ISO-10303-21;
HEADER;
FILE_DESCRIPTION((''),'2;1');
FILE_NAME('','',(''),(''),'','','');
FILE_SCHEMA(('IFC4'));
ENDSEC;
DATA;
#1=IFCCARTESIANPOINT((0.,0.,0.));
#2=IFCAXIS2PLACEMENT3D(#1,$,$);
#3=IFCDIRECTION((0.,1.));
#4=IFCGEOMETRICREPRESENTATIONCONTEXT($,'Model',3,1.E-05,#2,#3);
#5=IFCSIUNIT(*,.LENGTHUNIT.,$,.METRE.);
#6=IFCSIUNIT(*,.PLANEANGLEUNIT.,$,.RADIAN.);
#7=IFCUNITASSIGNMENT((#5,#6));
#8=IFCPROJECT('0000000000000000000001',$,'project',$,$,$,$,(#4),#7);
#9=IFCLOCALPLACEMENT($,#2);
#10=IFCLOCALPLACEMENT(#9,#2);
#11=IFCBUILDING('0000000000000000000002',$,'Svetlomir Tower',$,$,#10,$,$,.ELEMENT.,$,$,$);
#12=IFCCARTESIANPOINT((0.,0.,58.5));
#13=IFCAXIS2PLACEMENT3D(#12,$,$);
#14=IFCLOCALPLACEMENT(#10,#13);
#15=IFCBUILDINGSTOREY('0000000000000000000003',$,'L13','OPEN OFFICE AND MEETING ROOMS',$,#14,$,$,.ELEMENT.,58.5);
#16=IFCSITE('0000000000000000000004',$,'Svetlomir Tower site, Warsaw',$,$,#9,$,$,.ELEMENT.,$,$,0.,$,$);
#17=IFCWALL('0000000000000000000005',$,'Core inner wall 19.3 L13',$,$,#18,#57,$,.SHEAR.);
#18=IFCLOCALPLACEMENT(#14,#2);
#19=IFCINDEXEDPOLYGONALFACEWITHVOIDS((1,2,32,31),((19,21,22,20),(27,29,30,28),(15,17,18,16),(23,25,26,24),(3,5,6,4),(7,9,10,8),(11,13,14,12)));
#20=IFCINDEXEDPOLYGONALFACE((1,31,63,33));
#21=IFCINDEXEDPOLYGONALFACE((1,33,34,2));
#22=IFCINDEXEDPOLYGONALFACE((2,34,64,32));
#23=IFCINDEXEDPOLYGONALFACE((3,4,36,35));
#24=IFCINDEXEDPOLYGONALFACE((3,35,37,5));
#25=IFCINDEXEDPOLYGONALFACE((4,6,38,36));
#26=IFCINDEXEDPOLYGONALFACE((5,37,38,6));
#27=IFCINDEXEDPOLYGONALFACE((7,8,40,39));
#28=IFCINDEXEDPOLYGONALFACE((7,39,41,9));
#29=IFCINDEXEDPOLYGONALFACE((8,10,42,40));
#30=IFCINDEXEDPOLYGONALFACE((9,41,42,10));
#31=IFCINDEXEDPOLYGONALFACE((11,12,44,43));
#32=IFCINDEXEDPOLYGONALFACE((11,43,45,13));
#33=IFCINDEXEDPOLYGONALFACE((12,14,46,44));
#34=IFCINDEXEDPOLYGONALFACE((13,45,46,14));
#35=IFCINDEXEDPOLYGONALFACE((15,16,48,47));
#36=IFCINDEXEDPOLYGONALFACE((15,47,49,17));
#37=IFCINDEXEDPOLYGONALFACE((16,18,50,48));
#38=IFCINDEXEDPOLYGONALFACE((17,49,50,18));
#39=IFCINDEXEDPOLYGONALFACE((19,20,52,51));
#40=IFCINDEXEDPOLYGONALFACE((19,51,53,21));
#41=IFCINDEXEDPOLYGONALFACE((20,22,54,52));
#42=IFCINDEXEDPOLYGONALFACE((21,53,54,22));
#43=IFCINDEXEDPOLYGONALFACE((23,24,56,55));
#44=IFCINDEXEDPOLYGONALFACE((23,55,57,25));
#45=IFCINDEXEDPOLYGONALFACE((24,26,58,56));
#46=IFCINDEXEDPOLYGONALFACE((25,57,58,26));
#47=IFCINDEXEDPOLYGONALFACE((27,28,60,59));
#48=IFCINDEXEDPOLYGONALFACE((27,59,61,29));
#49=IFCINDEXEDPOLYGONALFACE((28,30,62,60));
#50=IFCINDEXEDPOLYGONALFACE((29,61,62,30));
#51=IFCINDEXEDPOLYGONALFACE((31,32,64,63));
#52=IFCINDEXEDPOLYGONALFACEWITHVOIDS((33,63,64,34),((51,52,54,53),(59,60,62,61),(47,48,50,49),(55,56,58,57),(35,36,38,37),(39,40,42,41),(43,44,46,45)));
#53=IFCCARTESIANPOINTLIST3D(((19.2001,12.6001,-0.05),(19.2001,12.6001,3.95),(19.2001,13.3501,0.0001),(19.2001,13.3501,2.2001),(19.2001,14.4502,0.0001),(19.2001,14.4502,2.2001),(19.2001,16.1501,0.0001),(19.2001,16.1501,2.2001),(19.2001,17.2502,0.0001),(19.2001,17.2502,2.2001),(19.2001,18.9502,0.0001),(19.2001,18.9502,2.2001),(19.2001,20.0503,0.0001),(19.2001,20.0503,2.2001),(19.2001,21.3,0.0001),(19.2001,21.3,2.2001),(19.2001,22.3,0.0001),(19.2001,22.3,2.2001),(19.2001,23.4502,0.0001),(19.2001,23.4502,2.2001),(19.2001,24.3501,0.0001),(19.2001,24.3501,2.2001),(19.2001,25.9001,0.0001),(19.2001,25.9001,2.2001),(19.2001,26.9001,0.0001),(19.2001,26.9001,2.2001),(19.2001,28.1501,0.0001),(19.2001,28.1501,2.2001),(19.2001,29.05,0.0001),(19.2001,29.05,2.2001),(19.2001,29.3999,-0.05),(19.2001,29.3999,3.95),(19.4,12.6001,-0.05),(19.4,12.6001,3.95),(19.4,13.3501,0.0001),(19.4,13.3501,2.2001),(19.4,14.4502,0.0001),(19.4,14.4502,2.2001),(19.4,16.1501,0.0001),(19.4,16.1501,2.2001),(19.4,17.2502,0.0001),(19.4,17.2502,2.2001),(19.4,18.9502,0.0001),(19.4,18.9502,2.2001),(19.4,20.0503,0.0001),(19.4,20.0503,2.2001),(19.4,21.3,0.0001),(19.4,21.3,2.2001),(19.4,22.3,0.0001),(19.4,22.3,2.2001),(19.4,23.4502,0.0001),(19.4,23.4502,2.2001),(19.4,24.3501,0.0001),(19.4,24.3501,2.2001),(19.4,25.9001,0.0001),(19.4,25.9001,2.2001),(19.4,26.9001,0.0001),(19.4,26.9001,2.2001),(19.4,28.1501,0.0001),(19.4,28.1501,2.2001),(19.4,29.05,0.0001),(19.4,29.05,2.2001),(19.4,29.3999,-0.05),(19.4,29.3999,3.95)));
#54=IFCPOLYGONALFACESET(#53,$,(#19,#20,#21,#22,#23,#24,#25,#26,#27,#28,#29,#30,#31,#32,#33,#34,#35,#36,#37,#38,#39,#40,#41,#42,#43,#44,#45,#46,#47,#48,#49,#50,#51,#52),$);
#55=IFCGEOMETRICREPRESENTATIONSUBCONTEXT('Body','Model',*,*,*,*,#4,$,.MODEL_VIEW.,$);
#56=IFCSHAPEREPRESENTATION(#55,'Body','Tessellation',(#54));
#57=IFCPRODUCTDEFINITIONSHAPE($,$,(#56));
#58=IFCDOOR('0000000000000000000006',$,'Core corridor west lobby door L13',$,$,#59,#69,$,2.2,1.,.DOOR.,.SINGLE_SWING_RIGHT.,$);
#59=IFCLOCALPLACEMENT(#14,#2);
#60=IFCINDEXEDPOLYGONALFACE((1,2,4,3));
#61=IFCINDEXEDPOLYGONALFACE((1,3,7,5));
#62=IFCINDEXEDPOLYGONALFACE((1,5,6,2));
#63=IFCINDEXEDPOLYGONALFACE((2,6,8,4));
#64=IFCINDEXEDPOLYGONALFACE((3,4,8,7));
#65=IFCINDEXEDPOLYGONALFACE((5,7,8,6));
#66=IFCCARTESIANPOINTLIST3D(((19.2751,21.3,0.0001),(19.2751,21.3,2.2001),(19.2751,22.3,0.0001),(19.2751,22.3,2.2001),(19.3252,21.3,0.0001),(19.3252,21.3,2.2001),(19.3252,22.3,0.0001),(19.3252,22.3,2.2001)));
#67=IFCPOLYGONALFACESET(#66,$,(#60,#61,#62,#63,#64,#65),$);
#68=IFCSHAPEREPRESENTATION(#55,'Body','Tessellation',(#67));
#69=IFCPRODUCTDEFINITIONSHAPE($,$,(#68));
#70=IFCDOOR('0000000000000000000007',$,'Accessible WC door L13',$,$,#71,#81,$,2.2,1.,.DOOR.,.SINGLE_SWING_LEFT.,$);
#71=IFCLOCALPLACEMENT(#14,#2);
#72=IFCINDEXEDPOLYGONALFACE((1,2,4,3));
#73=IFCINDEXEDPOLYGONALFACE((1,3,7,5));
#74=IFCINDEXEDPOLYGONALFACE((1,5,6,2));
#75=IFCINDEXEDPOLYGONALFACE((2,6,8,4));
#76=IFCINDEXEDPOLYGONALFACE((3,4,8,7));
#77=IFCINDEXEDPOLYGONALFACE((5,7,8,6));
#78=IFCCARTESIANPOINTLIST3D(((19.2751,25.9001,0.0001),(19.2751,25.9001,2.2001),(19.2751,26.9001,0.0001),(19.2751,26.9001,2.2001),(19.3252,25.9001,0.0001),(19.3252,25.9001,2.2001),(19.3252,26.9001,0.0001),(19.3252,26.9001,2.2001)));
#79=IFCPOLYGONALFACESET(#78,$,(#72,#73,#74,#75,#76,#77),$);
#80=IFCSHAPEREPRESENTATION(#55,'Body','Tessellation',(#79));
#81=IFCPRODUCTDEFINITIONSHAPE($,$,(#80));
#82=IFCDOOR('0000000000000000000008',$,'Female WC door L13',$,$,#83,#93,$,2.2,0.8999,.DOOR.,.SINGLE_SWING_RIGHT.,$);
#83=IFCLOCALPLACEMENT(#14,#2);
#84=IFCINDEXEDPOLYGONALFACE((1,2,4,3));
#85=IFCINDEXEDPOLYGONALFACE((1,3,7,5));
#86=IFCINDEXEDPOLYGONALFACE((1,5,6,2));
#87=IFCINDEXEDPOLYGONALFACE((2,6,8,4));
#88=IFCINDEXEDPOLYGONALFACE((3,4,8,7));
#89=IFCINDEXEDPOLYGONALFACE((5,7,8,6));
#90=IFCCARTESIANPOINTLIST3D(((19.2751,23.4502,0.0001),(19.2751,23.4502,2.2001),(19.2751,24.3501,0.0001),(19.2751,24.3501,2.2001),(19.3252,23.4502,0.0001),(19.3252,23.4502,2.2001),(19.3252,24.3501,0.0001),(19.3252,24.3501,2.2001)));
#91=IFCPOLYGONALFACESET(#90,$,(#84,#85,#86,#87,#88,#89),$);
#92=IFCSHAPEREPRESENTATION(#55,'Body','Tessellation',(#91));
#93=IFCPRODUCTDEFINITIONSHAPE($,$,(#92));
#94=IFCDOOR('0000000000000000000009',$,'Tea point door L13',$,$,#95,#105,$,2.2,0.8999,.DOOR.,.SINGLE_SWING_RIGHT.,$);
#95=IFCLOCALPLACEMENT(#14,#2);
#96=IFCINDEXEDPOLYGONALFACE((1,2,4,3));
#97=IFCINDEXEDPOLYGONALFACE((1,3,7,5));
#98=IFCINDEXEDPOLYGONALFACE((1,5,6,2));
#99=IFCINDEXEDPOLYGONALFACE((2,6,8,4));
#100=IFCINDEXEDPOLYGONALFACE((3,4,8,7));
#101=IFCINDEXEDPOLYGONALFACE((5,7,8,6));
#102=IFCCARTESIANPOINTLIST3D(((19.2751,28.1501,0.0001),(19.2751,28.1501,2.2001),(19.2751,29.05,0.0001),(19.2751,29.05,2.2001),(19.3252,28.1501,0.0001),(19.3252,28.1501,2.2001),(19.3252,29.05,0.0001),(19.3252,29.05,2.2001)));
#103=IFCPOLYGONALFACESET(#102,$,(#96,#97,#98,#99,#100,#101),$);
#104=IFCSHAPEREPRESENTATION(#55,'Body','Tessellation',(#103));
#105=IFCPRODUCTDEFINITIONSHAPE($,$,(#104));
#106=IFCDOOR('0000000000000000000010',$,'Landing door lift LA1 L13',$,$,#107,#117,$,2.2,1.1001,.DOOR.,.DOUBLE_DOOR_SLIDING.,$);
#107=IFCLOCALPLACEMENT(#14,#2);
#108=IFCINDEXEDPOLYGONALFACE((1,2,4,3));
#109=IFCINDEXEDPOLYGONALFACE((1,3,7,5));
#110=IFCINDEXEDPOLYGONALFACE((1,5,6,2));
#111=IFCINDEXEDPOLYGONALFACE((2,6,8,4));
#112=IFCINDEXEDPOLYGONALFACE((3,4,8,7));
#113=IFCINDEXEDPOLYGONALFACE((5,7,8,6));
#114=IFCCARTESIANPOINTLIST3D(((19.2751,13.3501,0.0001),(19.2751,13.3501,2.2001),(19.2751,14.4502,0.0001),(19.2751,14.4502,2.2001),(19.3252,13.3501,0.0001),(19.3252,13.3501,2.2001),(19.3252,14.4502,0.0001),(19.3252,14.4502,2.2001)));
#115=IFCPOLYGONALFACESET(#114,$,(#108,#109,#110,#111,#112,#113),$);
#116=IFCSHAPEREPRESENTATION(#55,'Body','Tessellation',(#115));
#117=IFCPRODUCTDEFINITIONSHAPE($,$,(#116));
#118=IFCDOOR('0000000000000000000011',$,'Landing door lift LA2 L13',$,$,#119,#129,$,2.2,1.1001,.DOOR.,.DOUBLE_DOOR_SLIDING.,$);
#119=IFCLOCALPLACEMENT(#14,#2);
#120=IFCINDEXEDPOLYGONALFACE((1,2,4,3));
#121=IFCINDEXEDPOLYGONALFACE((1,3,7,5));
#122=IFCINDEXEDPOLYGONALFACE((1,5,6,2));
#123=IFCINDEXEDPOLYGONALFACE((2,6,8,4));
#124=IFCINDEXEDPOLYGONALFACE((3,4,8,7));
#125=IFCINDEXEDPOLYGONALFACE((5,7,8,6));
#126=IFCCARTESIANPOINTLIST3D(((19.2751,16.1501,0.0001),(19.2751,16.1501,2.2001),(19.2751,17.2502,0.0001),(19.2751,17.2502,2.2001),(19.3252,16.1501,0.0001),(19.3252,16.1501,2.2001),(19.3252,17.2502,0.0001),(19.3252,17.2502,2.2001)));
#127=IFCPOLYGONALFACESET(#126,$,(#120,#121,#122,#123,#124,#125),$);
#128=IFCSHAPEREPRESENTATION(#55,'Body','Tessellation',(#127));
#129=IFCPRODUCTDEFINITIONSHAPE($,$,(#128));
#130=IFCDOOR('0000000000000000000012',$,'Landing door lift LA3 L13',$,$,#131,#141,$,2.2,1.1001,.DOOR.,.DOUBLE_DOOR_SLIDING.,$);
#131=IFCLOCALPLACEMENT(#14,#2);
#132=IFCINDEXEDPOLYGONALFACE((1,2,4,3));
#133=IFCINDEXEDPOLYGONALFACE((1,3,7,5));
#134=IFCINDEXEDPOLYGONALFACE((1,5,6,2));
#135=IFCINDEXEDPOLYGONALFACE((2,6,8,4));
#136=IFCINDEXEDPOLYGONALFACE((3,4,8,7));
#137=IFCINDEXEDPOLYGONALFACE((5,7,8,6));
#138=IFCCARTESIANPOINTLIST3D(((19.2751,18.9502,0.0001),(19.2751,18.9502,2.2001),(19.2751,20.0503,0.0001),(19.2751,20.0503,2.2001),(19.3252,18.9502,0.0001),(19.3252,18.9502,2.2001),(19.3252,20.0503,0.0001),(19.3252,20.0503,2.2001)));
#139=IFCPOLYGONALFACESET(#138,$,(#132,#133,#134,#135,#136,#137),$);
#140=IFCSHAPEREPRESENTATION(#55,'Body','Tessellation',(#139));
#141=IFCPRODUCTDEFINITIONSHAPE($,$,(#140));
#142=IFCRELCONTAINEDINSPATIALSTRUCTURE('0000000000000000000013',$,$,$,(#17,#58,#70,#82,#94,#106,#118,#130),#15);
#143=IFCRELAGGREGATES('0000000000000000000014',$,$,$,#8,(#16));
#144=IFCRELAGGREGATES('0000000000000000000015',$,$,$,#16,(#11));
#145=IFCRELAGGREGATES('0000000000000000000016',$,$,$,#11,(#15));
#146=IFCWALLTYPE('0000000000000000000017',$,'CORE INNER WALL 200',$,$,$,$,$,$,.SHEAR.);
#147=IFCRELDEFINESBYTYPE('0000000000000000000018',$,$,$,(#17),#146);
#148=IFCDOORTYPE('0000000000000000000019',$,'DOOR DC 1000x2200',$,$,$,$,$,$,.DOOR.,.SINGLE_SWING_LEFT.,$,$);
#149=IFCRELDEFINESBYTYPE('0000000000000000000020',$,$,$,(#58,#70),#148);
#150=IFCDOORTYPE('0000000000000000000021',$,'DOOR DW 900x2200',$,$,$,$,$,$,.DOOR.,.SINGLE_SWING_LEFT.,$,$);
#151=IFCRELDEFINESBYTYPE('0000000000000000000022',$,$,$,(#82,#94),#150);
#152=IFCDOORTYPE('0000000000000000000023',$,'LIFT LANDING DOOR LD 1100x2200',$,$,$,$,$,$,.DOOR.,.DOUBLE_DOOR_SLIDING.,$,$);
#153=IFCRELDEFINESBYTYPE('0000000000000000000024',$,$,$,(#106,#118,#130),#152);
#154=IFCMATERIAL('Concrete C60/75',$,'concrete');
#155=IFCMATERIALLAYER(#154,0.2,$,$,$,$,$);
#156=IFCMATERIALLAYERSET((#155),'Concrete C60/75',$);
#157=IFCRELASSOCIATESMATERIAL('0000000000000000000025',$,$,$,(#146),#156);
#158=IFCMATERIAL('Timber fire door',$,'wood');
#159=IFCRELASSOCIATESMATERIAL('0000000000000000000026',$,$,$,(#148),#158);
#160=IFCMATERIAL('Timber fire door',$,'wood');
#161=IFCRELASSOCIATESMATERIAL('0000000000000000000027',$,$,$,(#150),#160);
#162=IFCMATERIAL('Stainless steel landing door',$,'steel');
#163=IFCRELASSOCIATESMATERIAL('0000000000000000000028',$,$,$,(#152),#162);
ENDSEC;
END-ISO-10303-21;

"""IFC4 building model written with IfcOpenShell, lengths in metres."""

from ifc_helpers import new_model, si_unit, direction, frame, frame_2d, origin, place, context, subcontext, project, spatial, rectangle, extrude, material, layer, layer_set, type_object, element, fill, save


model = new_model("IFC4")

# Units and contexts
model_context = context("Model", 3, precision=1e-05, world=origin(), true_north=direction((0.0, 1.0)))
body_context = subcontext(model_context, "Body", "Model", "MODEL_VIEW")
ifc_project = project(units=[si_unit("LENGTHUNIT", "METRE"), si_unit("PLANEANGLEUNIT", "RADIAN")], contexts=[model_context])

# Site, building, storey
site_placement = place(None, origin())
site = spatial("IfcSite", under=ifc_project, at=site_placement, Name="Svetlomir Tower site, Warsaw", CompositionType="ELEMENT", RefElevation=0.0)
building_placement = place(site_placement, origin())
building = spatial("IfcBuilding", under=site, at=building_placement, Name="Svetlomir Tower", CompositionType="ELEMENT")
storey_placement = place(building_placement, frame((0.0, 0.0, 58.5)))
storey = spatial("IfcBuildingStorey", under=building, at=storey_placement, Name="L13", Description="OPEN OFFICE AND MEETING ROOMS", CompositionType="ELEMENT", Elevation=58.5)

# Shared definitions
ifc_material_1 = material(Name="Concrete C60/75", Category="concrete")
ifc_layer_1 = layer(ifc_material_1, 0.2)
ifc_layer_set_1 = layer_set([ifc_layer_1], Name="Concrete C60/75")
wall_type_1 = type_object("IfcWallType", Name="CORE INNER WALL 200", PredefinedType="SHEAR", material=ifc_layer_set_1)

# Wall, openings, doors
wall_1_placement = place(storey_placement, frame((19.3, 12.6001, -0.05), z_axis=(0.0, 0.0, 1.0), x_axis=(0.0, 1.0, 0.0)))
wall_1 = element("IfcWall", 1, at=wall_1_placement, inside=storey, type_object=wall_type_1, Name="Core inner wall 19.3 L13", PredefinedType="SHEAR", context=body_context, shape_type="SweptSolid", body=[
    extrude(rectangle(XDim=16.7998, YDim=0.2, at=frame_2d((8.3999, 0.0))), origin(), (0.0, 0.0, 1.0), 4.0),
])
opening_1_placement = place(wall_1_placement, frame((8.7, 0.0, 0.05)))
opening_1 = element("IfcOpeningElement", 2, at=opening_1_placement, cuts=wall_1, PredefinedType="OPENING", context=body_context, shape_type="SweptSolid", body=[
    extrude(rectangle(XDim=1.0, YDim=2.2, at=frame_2d((0.5, 1.1001))), frame((0.0, 0.1099, 0.0), z_axis=(0.0, -1.0, 0.0), x_axis=(1.0, 0.0, 0.0)), (0.0, 0.0, 1.0), 0.22),
])
opening_2_placement = place(wall_1_placement, frame((10.8501, 0.0, 0.05)))
opening_2 = element("IfcOpeningElement", 3, at=opening_2_placement, cuts=wall_1, PredefinedType="OPENING", context=body_context, shape_type="SweptSolid", body=[
    extrude(rectangle(XDim=0.8999, YDim=2.2, at=frame_2d((0.45, 1.1001))), frame((0.0, 0.1099, 0.0), z_axis=(0.0, -1.0, 0.0), x_axis=(1.0, 0.0, 0.0)), (0.0, 0.0, 1.0), 0.22),
])
opening_3_placement = place(wall_1_placement, frame((13.3, 0.0, 0.05)))
opening_3 = element("IfcOpeningElement", 4, at=opening_3_placement, cuts=wall_1, PredefinedType="OPENING", context=body_context, shape_type="SweptSolid", body=[
    extrude(rectangle(XDim=1.0, YDim=2.2, at=frame_2d((0.5, 1.1001))), frame((0.0, 0.1099, 0.0), z_axis=(0.0, -1.0, 0.0), x_axis=(1.0, 0.0, 0.0)), (0.0, 0.0, 1.0), 0.22),
])
opening_4_placement = place(wall_1_placement, frame((15.55, 0.0, 0.05)))
opening_4 = element("IfcOpeningElement", 5, at=opening_4_placement, cuts=wall_1, PredefinedType="OPENING", context=body_context, shape_type="SweptSolid", body=[
    extrude(rectangle(XDim=0.8999, YDim=2.2, at=frame_2d((0.45, 1.1001))), frame((0.0, 0.1099, 0.0), z_axis=(0.0, -1.0, 0.0), x_axis=(1.0, 0.0, 0.0)), (0.0, 0.0, 1.0), 0.22),
])
opening_5_placement = place(wall_1_placement, frame((0.75, 0.0, 0.05)))
opening_5 = element("IfcOpeningElement", 6, at=opening_5_placement, cuts=wall_1, PredefinedType="OPENING", context=body_context, shape_type="SweptSolid", body=[
    extrude(rectangle(XDim=1.1001, YDim=2.2, at=frame_2d((0.55, 1.1001))), frame((0.0, 0.1099, 0.0), z_axis=(0.0, -1.0, 0.0), x_axis=(1.0, 0.0, 0.0)), (0.0, 0.0, 1.0), 0.22),
])
opening_6_placement = place(wall_1_placement, frame((3.55, 0.0, 0.05)))
opening_6 = element("IfcOpeningElement", 7, at=opening_6_placement, cuts=wall_1, PredefinedType="OPENING", context=body_context, shape_type="SweptSolid", body=[
    extrude(rectangle(XDim=1.1001, YDim=2.2, at=frame_2d((0.55, 1.1001))), frame((0.0, 0.1099, 0.0), z_axis=(0.0, -1.0, 0.0), x_axis=(1.0, 0.0, 0.0)), (0.0, 0.0, 1.0), 0.22),
])
opening_7_placement = place(wall_1_placement, frame((6.3501, 0.0, 0.05)))
opening_7 = element("IfcOpeningElement", 8, at=opening_7_placement, cuts=wall_1, PredefinedType="OPENING", context=body_context, shape_type="SweptSolid", body=[
    extrude(rectangle(XDim=1.1001, YDim=2.2, at=frame_2d((0.55, 1.1001))), frame((0.0, 0.1099, 0.0), z_axis=(0.0, -1.0, 0.0), x_axis=(1.0, 0.0, 0.0)), (0.0, 0.0, 1.0), 0.22),
])
ifc_material_2 = material(Name="Timber fire door", Category="wood")
door_type_1 = type_object("IfcDoorType", Name="DOOR DC 1000x2200", OperationType="SINGLE_SWING_LEFT", PredefinedType="DOOR", material=ifc_material_2)
door_1_placement = place(opening_1_placement, origin())
door_1 = element("IfcDoor", 9, at=door_1_placement, inside=storey, type_object=door_type_1, Name="Core corridor west lobby door L13", OperationType="SINGLE_SWING_RIGHT", OverallHeight=2.2, OverallWidth=1.0, PredefinedType="DOOR", context=body_context, shape_type="SweptSolid", body=[
    extrude(rectangle(XDim=1.0, YDim=2.2, at=frame_2d((0.5, 1.1001))), frame((0.0, 0.0249, 0.0), z_axis=(0.0, -1.0, 0.0), x_axis=(1.0, 0.0, 0.0)), (0.0, 0.0, 1.0), 0.05),
])
fill(opening_1, door_1)
door_2_placement = place(opening_3_placement, origin())
door_2 = element("IfcDoor", 10, at=door_2_placement, inside=storey, type_object=door_type_1, Name="Accessible WC door L13", OperationType="SINGLE_SWING_LEFT", OverallHeight=2.2, OverallWidth=1.0, PredefinedType="DOOR", context=body_context, shape_type="SweptSolid", body=[
    extrude(rectangle(XDim=1.0, YDim=2.2, at=frame_2d((0.5, 1.1001))), frame((0.0, 0.0249, 0.0), z_axis=(0.0, -1.0, 0.0), x_axis=(1.0, 0.0, 0.0)), (0.0, 0.0, 1.0), 0.05),
])
fill(opening_3, door_2)
ifc_material_3 = material(Name="Timber fire door", Category="wood")
door_type_2 = type_object("IfcDoorType", Name="DOOR DW 900x2200", OperationType="SINGLE_SWING_LEFT", PredefinedType="DOOR", material=ifc_material_3)
door_3_placement = place(opening_2_placement, origin())
door_3 = element("IfcDoor", 11, at=door_3_placement, inside=storey, type_object=door_type_2, Name="Female WC door L13", OperationType="SINGLE_SWING_RIGHT", OverallHeight=2.2, OverallWidth=0.8999, PredefinedType="DOOR", context=body_context, shape_type="SweptSolid", body=[
    extrude(rectangle(XDim=0.8999, YDim=2.2, at=frame_2d((0.45, 1.1001))), frame((0.0, 0.0249, 0.0), z_axis=(0.0, -1.0, 0.0), x_axis=(1.0, 0.0, 0.0)), (0.0, 0.0, 1.0), 0.05),
])
fill(opening_2, door_3)
door_4_placement = place(opening_4_placement, origin())
door_4 = element("IfcDoor", 12, at=door_4_placement, inside=storey, type_object=door_type_2, Name="Tea point door L13", OperationType="SINGLE_SWING_RIGHT", OverallHeight=2.2, OverallWidth=0.8999, PredefinedType="DOOR", context=body_context, shape_type="SweptSolid", body=[
    extrude(rectangle(XDim=0.8999, YDim=2.2, at=frame_2d((0.45, 1.1001))), frame((0.0, 0.0249, 0.0), z_axis=(0.0, -1.0, 0.0), x_axis=(1.0, 0.0, 0.0)), (0.0, 0.0, 1.0), 0.05),
])
fill(opening_4, door_4)
ifc_material_4 = material(Name="Stainless steel landing door", Category="steel")
door_type_3 = type_object("IfcDoorType", Name="LIFT LANDING DOOR LD 1100x2200", OperationType="DOUBLE_DOOR_SLIDING", PredefinedType="DOOR", material=ifc_material_4)
door_5_placement = place(opening_5_placement, origin())
door_5 = element("IfcDoor", 13, at=door_5_placement, inside=storey, type_object=door_type_3, Name="Landing door lift LA1 L13", OperationType="DOUBLE_DOOR_SLIDING", OverallHeight=2.2, OverallWidth=1.1001, PredefinedType="DOOR", context=body_context, shape_type="SweptSolid", body=[
    extrude(rectangle(XDim=1.1001, YDim=2.2, at=frame_2d((0.55, 1.1001))), frame((0.0, 0.0249, 0.0), z_axis=(0.0, -1.0, 0.0), x_axis=(1.0, 0.0, 0.0)), (0.0, 0.0, 1.0), 0.05),
])
fill(opening_5, door_5)
door_6_placement = place(opening_6_placement, origin())
door_6 = element("IfcDoor", 14, at=door_6_placement, inside=storey, type_object=door_type_3, Name="Landing door lift LA2 L13", OperationType="DOUBLE_DOOR_SLIDING", OverallHeight=2.2, OverallWidth=1.1001, PredefinedType="DOOR", context=body_context, shape_type="SweptSolid", body=[
    extrude(rectangle(XDim=1.1001, YDim=2.2, at=frame_2d((0.55, 1.1001))), frame((0.0, 0.0249, 0.0), z_axis=(0.0, -1.0, 0.0), x_axis=(1.0, 0.0, 0.0)), (0.0, 0.0, 1.0), 0.05),
])
fill(opening_6, door_6)
door_7_placement = place(opening_7_placement, origin())
door_7 = element("IfcDoor", 15, at=door_7_placement, inside=storey, type_object=door_type_3, Name="Landing door lift LA3 L13", OperationType="DOUBLE_DOOR_SLIDING", OverallHeight=2.2, OverallWidth=1.1001, PredefinedType="DOOR", context=body_context, shape_type="SweptSolid", body=[
    extrude(rectangle(XDim=1.1001, YDim=2.2, at=frame_2d((0.55, 1.1001))), frame((0.0, 0.0249, 0.0), z_axis=(0.0, -1.0, 0.0), x_axis=(1.0, 0.0, 0.0)), (0.0, 0.0, 1.0), 0.05),
])
fill(opening_7, door_7)

save(model, "model.ifc")
